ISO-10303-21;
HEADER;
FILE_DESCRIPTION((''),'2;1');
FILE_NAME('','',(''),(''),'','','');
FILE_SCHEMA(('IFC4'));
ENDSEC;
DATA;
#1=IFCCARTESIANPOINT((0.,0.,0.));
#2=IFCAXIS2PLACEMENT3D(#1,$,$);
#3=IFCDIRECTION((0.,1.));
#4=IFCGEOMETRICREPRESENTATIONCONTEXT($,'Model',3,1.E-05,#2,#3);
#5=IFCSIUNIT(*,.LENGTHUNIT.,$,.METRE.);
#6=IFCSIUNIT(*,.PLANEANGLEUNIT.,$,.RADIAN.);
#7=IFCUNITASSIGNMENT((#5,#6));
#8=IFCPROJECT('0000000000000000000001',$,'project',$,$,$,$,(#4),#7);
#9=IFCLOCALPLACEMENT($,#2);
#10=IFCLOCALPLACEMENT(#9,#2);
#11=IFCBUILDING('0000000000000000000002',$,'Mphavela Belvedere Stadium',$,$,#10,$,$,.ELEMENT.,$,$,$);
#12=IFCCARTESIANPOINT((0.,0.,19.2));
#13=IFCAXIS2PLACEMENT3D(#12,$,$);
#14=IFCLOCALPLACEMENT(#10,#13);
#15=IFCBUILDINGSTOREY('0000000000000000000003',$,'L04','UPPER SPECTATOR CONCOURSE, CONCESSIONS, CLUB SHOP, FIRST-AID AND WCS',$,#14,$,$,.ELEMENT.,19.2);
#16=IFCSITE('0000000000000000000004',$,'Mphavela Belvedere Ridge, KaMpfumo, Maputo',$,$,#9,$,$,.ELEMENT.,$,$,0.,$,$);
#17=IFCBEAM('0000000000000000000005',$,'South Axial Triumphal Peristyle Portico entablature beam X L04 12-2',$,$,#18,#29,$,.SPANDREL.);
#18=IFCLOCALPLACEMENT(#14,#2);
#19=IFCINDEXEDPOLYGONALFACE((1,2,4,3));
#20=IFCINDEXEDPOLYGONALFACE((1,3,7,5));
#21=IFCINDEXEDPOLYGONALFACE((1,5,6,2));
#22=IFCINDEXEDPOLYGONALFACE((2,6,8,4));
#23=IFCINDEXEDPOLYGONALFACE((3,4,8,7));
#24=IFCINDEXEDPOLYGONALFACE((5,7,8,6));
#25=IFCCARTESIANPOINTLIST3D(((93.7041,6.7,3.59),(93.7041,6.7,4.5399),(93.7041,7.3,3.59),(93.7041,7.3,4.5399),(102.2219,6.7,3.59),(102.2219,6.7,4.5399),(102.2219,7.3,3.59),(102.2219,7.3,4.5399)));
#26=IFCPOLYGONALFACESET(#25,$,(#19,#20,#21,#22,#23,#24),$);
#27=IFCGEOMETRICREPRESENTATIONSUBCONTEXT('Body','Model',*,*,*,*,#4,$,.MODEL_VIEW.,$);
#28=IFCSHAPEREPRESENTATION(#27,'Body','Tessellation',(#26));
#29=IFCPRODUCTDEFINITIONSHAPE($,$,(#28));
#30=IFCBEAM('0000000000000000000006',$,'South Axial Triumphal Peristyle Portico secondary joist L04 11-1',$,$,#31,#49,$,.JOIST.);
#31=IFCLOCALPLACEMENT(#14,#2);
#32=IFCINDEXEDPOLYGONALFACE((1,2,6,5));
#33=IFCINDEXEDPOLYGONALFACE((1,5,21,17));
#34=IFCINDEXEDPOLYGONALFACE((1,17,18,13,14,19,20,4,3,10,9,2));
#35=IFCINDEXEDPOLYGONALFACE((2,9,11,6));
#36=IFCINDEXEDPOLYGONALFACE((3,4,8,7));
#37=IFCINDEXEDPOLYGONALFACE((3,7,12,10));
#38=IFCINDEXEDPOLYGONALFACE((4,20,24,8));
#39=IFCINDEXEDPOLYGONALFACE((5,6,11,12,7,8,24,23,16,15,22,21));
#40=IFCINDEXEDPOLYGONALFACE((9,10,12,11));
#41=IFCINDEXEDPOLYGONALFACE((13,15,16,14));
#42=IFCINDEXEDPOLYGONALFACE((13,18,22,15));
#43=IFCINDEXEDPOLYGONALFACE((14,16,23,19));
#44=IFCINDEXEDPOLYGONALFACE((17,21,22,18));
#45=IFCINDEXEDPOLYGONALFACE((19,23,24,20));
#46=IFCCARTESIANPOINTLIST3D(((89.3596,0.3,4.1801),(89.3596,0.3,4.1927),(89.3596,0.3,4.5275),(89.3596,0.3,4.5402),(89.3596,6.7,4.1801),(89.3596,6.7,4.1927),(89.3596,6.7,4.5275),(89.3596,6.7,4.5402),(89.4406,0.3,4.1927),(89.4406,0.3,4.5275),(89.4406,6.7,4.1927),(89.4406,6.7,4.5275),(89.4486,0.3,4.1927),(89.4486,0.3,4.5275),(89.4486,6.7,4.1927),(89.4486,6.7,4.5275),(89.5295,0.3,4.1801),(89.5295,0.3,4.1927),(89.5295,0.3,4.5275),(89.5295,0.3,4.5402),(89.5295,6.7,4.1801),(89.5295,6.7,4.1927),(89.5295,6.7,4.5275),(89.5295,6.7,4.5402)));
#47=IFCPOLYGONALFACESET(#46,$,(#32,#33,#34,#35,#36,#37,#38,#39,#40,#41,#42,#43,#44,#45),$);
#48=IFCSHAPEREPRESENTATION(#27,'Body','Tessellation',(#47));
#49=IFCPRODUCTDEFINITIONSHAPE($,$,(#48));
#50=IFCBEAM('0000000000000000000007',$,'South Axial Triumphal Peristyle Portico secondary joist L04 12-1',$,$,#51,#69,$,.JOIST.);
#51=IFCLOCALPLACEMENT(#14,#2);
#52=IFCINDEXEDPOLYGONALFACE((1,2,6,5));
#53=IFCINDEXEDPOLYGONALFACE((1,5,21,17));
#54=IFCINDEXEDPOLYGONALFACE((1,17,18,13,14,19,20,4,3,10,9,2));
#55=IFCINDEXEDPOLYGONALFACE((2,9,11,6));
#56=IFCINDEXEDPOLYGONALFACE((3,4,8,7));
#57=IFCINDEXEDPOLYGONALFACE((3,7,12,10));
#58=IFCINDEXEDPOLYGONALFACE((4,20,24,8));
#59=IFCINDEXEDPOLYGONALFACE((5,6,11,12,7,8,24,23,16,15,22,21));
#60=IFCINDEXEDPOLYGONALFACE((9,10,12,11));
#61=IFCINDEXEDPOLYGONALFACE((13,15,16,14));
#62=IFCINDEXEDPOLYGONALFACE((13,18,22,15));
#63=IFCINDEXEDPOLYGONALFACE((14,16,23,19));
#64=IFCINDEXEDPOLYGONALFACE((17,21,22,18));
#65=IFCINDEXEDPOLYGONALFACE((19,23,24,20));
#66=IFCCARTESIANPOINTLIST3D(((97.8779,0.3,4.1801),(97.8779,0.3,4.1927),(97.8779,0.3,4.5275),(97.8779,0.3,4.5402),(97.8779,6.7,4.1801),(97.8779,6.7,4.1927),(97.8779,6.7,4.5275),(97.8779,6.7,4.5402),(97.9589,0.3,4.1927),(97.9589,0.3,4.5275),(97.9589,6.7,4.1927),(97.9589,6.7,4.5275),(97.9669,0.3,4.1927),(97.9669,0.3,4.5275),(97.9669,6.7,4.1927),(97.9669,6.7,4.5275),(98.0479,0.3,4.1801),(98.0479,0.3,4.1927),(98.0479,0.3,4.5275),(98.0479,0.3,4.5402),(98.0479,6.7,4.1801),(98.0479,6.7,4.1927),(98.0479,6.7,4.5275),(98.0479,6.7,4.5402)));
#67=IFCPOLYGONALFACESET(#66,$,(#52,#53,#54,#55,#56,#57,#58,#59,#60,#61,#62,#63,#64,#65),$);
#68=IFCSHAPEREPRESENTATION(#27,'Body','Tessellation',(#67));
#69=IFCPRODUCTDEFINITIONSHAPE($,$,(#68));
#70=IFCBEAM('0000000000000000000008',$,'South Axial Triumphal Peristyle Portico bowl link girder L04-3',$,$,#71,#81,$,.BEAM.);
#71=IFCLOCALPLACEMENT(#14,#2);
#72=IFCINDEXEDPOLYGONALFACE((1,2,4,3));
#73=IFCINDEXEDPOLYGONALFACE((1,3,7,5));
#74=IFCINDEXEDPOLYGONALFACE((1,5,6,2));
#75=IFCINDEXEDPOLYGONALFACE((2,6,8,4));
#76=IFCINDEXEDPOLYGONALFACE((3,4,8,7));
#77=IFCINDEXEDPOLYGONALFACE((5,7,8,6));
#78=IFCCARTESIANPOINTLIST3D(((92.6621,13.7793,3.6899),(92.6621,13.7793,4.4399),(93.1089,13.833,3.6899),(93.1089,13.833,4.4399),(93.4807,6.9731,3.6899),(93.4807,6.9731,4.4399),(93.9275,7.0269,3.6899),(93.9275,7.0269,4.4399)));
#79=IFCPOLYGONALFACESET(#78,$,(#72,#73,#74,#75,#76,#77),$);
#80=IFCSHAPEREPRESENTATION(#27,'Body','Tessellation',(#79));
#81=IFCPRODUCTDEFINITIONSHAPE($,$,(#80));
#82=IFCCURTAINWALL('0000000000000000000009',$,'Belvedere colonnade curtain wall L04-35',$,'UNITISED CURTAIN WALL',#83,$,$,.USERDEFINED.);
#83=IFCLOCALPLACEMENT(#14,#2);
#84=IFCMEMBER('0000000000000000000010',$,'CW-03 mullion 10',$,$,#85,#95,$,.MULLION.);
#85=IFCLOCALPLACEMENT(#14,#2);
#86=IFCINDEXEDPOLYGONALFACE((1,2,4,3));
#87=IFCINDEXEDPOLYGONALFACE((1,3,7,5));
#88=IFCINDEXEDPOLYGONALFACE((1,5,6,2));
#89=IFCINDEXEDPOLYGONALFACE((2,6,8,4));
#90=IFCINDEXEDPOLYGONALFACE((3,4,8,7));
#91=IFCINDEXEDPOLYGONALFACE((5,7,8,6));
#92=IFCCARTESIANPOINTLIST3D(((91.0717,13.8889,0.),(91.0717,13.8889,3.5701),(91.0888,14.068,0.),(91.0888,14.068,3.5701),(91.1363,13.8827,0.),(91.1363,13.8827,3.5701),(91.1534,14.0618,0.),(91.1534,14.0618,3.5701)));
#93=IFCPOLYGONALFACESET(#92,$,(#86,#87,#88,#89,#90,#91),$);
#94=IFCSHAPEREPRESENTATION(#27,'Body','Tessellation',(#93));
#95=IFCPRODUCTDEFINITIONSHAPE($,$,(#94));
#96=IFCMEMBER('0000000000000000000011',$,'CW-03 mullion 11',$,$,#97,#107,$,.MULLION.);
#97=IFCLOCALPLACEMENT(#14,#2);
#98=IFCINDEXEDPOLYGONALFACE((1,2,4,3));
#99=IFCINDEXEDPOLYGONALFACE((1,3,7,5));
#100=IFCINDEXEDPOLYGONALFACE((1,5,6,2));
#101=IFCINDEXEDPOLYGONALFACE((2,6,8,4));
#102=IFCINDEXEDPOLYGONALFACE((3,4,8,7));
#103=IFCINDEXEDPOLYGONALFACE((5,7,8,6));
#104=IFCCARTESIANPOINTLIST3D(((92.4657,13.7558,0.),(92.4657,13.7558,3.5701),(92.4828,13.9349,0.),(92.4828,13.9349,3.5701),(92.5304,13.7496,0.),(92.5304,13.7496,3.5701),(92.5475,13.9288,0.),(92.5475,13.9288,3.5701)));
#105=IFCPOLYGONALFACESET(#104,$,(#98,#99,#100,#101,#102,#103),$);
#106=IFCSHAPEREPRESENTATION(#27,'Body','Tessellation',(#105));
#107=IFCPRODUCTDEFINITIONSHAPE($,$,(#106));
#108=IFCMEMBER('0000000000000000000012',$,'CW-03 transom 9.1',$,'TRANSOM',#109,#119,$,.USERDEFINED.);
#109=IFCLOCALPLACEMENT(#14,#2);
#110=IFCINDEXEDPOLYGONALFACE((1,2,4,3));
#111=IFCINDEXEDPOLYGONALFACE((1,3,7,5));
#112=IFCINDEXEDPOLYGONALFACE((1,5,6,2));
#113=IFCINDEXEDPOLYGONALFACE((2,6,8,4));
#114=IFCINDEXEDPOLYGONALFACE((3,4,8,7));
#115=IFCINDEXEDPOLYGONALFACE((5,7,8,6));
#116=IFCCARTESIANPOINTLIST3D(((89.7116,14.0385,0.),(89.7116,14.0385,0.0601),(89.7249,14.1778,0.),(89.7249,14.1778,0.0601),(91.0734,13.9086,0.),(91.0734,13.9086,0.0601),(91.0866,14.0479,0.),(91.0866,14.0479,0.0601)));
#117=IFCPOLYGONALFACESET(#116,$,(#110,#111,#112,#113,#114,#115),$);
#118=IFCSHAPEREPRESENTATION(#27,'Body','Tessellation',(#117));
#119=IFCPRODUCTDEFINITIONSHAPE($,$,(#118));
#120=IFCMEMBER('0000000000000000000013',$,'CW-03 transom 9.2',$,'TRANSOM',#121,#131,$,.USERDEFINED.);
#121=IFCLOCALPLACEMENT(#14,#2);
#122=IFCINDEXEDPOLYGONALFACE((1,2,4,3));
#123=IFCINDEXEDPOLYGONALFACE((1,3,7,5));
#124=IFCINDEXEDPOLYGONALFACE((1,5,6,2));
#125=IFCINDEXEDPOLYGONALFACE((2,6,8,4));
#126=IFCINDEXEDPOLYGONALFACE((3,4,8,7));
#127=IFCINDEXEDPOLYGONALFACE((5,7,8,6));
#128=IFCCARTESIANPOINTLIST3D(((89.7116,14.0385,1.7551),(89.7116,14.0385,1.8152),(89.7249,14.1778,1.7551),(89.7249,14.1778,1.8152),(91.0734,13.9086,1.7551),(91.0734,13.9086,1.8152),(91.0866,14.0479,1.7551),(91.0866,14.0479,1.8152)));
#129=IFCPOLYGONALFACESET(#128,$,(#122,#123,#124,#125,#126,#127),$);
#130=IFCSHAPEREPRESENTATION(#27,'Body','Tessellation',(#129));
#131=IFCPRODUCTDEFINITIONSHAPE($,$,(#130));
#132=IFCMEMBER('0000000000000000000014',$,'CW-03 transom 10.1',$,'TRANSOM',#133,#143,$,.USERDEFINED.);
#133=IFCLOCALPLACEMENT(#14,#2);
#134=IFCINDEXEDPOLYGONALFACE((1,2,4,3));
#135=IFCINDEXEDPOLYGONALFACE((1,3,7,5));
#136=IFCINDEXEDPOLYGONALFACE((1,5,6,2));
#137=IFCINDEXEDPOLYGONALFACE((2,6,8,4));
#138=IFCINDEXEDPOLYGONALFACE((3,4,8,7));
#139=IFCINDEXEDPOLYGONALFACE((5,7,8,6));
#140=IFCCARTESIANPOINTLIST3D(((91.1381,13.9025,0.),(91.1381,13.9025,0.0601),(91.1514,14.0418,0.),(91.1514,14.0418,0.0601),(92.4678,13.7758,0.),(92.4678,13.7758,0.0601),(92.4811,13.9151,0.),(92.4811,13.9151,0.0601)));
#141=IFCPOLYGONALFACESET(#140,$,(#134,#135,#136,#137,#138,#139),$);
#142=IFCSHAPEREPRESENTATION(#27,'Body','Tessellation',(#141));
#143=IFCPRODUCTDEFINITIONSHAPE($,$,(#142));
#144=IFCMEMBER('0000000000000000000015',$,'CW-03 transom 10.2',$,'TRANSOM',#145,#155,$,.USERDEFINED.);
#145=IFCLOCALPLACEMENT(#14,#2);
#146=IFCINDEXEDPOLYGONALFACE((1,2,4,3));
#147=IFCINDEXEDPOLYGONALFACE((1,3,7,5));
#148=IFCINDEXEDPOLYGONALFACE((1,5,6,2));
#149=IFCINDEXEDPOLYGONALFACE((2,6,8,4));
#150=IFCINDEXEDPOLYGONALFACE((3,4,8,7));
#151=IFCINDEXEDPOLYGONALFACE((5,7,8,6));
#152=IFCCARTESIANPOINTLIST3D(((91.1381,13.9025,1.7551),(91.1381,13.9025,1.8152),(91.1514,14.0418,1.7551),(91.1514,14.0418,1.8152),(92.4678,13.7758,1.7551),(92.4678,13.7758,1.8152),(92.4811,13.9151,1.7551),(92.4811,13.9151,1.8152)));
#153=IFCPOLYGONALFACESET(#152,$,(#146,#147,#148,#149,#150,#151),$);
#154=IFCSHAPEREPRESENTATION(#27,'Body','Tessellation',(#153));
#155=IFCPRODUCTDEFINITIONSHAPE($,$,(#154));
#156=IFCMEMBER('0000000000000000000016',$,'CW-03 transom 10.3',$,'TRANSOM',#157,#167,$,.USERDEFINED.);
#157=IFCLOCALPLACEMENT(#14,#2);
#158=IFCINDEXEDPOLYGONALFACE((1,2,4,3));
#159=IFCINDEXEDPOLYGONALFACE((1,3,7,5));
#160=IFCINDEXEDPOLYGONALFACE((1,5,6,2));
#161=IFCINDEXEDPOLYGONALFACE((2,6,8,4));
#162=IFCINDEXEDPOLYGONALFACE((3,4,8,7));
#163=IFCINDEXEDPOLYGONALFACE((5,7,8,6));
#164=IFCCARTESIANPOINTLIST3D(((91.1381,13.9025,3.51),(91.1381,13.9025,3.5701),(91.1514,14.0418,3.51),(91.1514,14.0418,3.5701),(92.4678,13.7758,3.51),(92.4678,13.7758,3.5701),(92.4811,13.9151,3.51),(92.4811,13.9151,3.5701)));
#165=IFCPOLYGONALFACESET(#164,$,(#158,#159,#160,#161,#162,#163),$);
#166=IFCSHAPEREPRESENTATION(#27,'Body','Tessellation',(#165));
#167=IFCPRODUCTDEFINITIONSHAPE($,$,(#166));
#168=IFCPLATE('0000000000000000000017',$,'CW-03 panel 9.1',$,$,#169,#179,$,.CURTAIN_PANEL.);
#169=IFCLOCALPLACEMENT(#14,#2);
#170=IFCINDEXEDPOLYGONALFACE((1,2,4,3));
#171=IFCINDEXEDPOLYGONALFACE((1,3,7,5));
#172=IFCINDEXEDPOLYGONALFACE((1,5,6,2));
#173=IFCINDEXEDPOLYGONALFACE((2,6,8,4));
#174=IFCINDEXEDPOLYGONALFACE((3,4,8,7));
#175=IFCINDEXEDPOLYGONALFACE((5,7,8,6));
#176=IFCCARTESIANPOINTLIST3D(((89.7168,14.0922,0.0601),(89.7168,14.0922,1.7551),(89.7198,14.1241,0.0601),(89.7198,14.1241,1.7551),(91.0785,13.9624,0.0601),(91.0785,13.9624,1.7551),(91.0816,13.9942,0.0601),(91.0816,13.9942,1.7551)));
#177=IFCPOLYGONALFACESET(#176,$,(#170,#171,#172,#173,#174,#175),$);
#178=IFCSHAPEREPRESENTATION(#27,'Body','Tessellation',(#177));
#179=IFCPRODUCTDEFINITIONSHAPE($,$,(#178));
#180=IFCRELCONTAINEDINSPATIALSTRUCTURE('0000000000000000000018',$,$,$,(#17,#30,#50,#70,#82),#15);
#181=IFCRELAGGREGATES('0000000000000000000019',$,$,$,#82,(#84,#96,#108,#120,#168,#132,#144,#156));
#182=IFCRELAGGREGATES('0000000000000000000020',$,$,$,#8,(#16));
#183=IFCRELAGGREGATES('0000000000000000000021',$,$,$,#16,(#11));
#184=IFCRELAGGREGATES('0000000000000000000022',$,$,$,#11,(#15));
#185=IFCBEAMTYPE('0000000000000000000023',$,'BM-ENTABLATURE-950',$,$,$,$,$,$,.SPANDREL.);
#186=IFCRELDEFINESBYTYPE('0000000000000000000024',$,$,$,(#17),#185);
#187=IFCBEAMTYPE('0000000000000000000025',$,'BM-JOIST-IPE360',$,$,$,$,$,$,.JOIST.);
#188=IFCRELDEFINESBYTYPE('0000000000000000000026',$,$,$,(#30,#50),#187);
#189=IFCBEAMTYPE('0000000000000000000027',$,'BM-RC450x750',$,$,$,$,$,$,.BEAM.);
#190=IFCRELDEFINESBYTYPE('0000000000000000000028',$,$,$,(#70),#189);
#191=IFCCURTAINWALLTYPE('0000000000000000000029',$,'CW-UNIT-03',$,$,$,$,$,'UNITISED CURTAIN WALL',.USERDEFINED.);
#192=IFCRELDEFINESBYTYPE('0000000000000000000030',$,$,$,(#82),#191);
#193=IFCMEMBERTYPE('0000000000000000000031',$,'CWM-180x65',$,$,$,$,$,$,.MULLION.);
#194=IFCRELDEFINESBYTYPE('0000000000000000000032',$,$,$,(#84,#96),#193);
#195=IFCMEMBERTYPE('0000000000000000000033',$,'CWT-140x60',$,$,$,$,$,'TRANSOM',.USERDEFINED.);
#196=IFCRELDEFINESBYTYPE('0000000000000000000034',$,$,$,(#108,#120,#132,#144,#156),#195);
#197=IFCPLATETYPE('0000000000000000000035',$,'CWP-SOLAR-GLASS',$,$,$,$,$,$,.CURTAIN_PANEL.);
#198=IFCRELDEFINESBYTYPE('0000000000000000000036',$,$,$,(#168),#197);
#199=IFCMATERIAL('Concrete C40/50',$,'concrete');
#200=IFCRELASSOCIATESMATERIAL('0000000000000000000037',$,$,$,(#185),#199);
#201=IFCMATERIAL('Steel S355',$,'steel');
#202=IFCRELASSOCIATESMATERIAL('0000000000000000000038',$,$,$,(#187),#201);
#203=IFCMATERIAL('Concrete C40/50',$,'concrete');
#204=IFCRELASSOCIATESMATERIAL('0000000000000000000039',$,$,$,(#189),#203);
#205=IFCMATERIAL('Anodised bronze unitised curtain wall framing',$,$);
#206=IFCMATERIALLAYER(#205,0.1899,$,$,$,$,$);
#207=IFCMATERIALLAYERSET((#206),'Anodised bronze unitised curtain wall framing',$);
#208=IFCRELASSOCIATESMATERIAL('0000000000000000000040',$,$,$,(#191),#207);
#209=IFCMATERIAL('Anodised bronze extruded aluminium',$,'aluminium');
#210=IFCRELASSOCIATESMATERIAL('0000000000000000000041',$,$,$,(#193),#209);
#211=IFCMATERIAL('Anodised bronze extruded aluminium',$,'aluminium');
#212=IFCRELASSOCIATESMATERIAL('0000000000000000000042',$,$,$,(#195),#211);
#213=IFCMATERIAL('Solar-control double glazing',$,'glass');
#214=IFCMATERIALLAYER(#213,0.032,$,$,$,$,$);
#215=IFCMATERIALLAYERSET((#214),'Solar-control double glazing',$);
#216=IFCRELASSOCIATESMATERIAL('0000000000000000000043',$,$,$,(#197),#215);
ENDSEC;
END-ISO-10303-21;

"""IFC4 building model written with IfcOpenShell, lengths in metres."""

from ifc_helpers import new_model, si_unit, direction, frame, origin, origin_2d, place, context, subcontext, project, spatial, rectangle, i_section, extrude, material, layer, layer_set, material_profile, profile_set, type_object, element, aggregate, save


model = new_model("IFC4")

# Units and contexts
model_context = context("Model", 3, precision=1e-05, world=origin(), true_north=direction((0.0, 1.0)))
body_context = subcontext(model_context, "Body", "Model", "MODEL_VIEW")
ifc_project = project(units=[si_unit("LENGTHUNIT", "METRE"), si_unit("PLANEANGLEUNIT", "RADIAN")], contexts=[model_context])

# Site, building, storey
site_placement = place(None, origin())
site = spatial("IfcSite", under=ifc_project, at=site_placement, Name="Mphavela Belvedere Ridge, KaMpfumo, Maputo", CompositionType="ELEMENT", RefElevation=0.0)
building_placement = place(site_placement, origin())
building = spatial("IfcBuilding", under=site, at=building_placement, Name="Mphavela Belvedere Stadium", CompositionType="ELEMENT")
storey_placement = place(building_placement, frame((0.0, 0.0, 19.2)))
storey = spatial("IfcBuildingStorey", under=building, at=storey_placement, Name="L04", Description="UPPER SPECTATOR CONCOURSE, CONCESSIONS, CLUB SHOP, FIRST-AID AND WCS", CompositionType="ELEMENT", Elevation=19.2)

# Beams
ifc_material_1 = material(Name="Concrete C40/50", Category="concrete")
ifc_material_profile_1 = material_profile(ifc_material_1, rectangle(XDim=0.6001, YDim=0.95, at=origin_2d()), Name="RC 600x950")
ifc_profile_set_1 = profile_set([ifc_material_profile_1], Name="Concrete C40/50")
beam_type_1 = type_object("IfcBeamType", Name="BM-ENTABLATURE-950", PredefinedType="SPANDREL", material=ifc_profile_set_1)
beam_1_placement = place(storey_placement, frame((93.7041, 7.0, 4.0649), z_axis=(1.0, 0.0, 0.0), x_axis=(0.0, 1.0, 0.0)))
element("IfcBeam", 1, at=beam_1_placement, inside=storey, type_object=beam_type_1, Name="South Axial Triumphal Peristyle Portico entablature beam X L04 12-2", PredefinedType="SPANDREL", context=body_context, shape_type="SweptSolid", body=[
    extrude(rectangle(XDim=0.6001, YDim=0.95, at=origin_2d()), origin(), (0.0, 0.0, 1.0), 8.5178),
])
ifc_material_2 = material(Name="Steel S355", Category="steel")
ifc_material_profile_2 = material_profile(ifc_material_2, i_section(OverallWidth=0.1699, OverallDepth=0.3601, WebThickness=0.0081, FlangeThickness=0.0127, at=origin_2d()), Name="IPE 360")
ifc_profile_set_2 = profile_set([ifc_material_profile_2], Name="Steel S355")
beam_type_2 = type_object("IfcBeamType", Name="BM-JOIST-IPE360", PredefinedType="JOIST", material=ifc_profile_set_2)
for number, where, z_axis, x_axis, name in (
    (2, (89.4446, 0.3, 4.3601), (0.0, 1.0, 0.0), (-1.0, 0.0, 0.0), "South Axial Triumphal Peristyle Portico secondary joist L04 11-1"),
    (3, (97.9629, 0.3, 4.3601), (0.0, 1.0, 0.0), (-1.0, 0.0, 0.0), "South Axial Triumphal Peristyle Portico secondary joist L04 12-1"),
):
    element("IfcBeam", number, at=place(storey_placement, frame(where, z_axis=z_axis, x_axis=x_axis)), inside=storey, type_object=beam_type_2, Name=name, PredefinedType="JOIST", context=body_context, shape_type="SweptSolid", body=[
        extrude(i_section(OverallWidth=0.1699, OverallDepth=0.3601, WebThickness=0.0081, FlangeThickness=0.0127, at=origin_2d()), origin(), (0.0, 0.0, 1.0), 6.3999),
    ])
ifc_material_3 = material(Name="Concrete C40/50", Category="concrete")
ifc_material_profile_3 = material_profile(ifc_material_3, rectangle(XDim=0.45, YDim=0.75, at=origin_2d()), Name="RC 450x750")
ifc_profile_set_3 = profile_set([ifc_material_profile_3], Name="Concrete C40/50")
beam_type_3 = type_object("IfcBeamType", Name="BM-RC450x750", PredefinedType="BEAM", material=ifc_profile_set_3)
beam_2_placement = place(storey_placement, frame((93.7041, 7.0, 4.0649), z_axis=(-0.119413, 0.992845, 0.0), x_axis=(-0.992845, -0.119413, 0.0)))
element("IfcBeam", 4, at=beam_2_placement, inside=storey, type_object=beam_type_3, Name="South Axial Triumphal Peristyle Portico bowl link girder L04-3", PredefinedType="BEAM", context=body_context, shape_type="SweptSolid", body=[
    extrude(rectangle(XDim=0.45, YDim=0.75, at=origin_2d()), origin(), (0.0, 0.0, 1.0), 6.8552),
])

# Curtain wall, members, plate
ifc_material_4 = material(Name="Anodised bronze unitised curtain wall framing")
ifc_layer_1 = layer(ifc_material_4, 0.1899)
ifc_layer_set_1 = layer_set([ifc_layer_1], Name="Anodised bronze unitised curtain wall framing")
curtain_wall_type = type_object("IfcCurtainWallType", Name="CW-UNIT-03", ElementType="UNITISED CURTAIN WALL", PredefinedType="USERDEFINED", material=ifc_layer_set_1)
curtain_wall_placement = place(storey_placement, origin())
curtain_wall = element("IfcCurtainWall", 5, at=curtain_wall_placement, inside=storey, type_object=curtain_wall_type, Name="Belvedere colonnade curtain wall L04-35", ObjectType="UNITISED CURTAIN WALL", PredefinedType="USERDEFINED")
ifc_material_5 = material(Name="Anodised bronze extruded aluminium", Category="aluminium")
ifc_material_profile_4 = material_profile(ifc_material_5, rectangle(XDim=0.1799, YDim=0.0649, at=origin_2d()), Name="CW-MUL 180x65")
ifc_profile_set_4 = profile_set([ifc_material_profile_4], Name="Anodised bronze extruded aluminium")
member_type_1 = type_object("IfcMemberType", Name="CWM-180x65", PredefinedType="MULLION", material=ifc_profile_set_4)
member_1_placement = place(storey_placement, frame((91.1125, 13.9753, 0.0), z_axis=(0.0, 0.0, 1.0), x_axis=(0.094933, 0.995484, 0.0)))
member_1 = element("IfcMember", 6, at=member_1_placement, type_object=member_type_1, Name="CW-03 mullion 10", PredefinedType="MULLION", context=body_context, shape_type="SweptSolid", body=[
    extrude(rectangle(XDim=0.1799, YDim=0.0649, at=origin_2d()), origin(), (0.0, 0.0, 1.0), 3.5701),
])
member_2_placement = place(storey_placement, frame((92.5066, 13.8423, 0.0), z_axis=(0.0, 0.0, 1.0), x_axis=(0.094933, 0.995484, 0.0)))
member_2 = element("IfcMember", 7, at=member_2_placement, type_object=member_type_1, Name="CW-03 mullion 11", PredefinedType="MULLION", context=body_context, shape_type="SweptSolid", body=[
    extrude(rectangle(XDim=0.1799, YDim=0.0649, at=origin_2d()), origin(), (0.0, 0.0, 1.0), 3.5701),
])
ifc_material_6 = material(Name="Anodised bronze extruded aluminium", Category="aluminium")
ifc_material_profile_5 = material_profile(ifc_material_6, rectangle(XDim=0.1399, YDim=0.0601, at=origin_2d()), Name="CW-TRN 140x60")
ifc_profile_set_5 = profile_set([ifc_material_profile_5], Name="Anodised bronze extruded aluminium")
member_type_2 = type_object("IfcMemberType", Name="CWT-140x60", ElementType="TRANSOM", PredefinedType="USERDEFINED", material=ifc_profile_set_5)
member_3_placement = place(storey_placement, frame((89.7183, 14.1082, 0.03), z_axis=(0.995483, -0.094944, 0.0), x_axis=(0.094944, 0.995483, 0.0)))
member_3 = element("IfcMember", 8, at=member_3_placement, type_object=member_type_2, Name="CW-03 transom 9.1", ObjectType="TRANSOM", PredefinedType="USERDEFINED", context=body_context, shape_type="SweptSolid", body=[
    extrude(rectangle(XDim=0.1399, YDim=0.0601, at=origin_2d()), origin(), (0.0, 0.0, 1.0), 1.3679),
])
member_4_placement = place(storey_placement, frame((89.7183, 14.1082, 1.7852), z_axis=(0.995483, -0.094944, 0.0), x_axis=(0.094944, 0.995483, 0.0)))
member_4 = element("IfcMember", 9, at=member_4_placement, type_object=member_type_2, Name="CW-03 transom 9.2", ObjectType="TRANSOM", PredefinedType="USERDEFINED", context=body_context, shape_type="SweptSolid", body=[
    extrude(rectangle(XDim=0.1399, YDim=0.0601, at=origin_2d()), origin(), (0.0, 0.0, 1.0), 1.3679),
])
member_5_placement = place(storey_placement, frame((91.1448, 13.9722, 0.03), z_axis=(0.99549, -0.094869, 0.0), x_axis=(0.094869, 0.99549, 0.0)))
member_5 = element("IfcMember", 10, at=member_5_placement, type_object=member_type_2, Name="CW-03 transom 10.1", ObjectType="TRANSOM", PredefinedType="USERDEFINED", context=body_context, shape_type="SweptSolid", body=[
    extrude(rectangle(XDim=0.1399, YDim=0.0601, at=origin_2d()), origin(), (0.0, 0.0, 1.0), 1.3357),
])
member_6_placement = place(storey_placement, frame((91.1448, 13.9722, 1.7852), z_axis=(0.99549, -0.094869, 0.0), x_axis=(0.094869, 0.99549, 0.0)))
member_6 = element("IfcMember", 11, at=member_6_placement, type_object=member_type_2, Name="CW-03 transom 10.2", ObjectType="TRANSOM", PredefinedType="USERDEFINED", context=body_context, shape_type="SweptSolid", body=[
    extrude(rectangle(XDim=0.1399, YDim=0.0601, at=origin_2d()), origin(), (0.0, 0.0, 1.0), 1.3357),
])
member_7_placement = place(storey_placement, frame((91.1448, 13.9722, 3.54), z_axis=(0.99549, -0.094869, 0.0), x_axis=(0.094869, 0.99549, 0.0)))
member_7 = element("IfcMember", 12, at=member_7_placement, type_object=member_type_2, Name="CW-03 transom 10.3", ObjectType="TRANSOM", PredefinedType="USERDEFINED", context=body_context, shape_type="SweptSolid", body=[
    extrude(rectangle(XDim=0.1399, YDim=0.0601, at=origin_2d()), origin(), (0.0, 0.0, 1.0), 1.3357),
])
ifc_material_7 = material(Name="Solar-control double glazing", Category="glass")
ifc_layer_2 = layer(ifc_material_7, 0.032)
ifc_layer_set_2 = layer_set([ifc_layer_2], Name="Solar-control double glazing")
plate_type = type_object("IfcPlateType", Name="CWP-SOLAR-GLASS", PredefinedType="CURTAIN_PANEL", material=ifc_layer_set_2)
plate_1_placement = place(storey_placement, frame((90.3992, 14.0432, 0.0601), z_axis=(0.0, 0.0, 1.0), x_axis=(0.995484, -0.094933, 0.0)))
plate_1 = element("IfcPlate", 13, at=plate_1_placement, type_object=plate_type, Name="CW-03 panel 9.1", PredefinedType="CURTAIN_PANEL", context=body_context, shape_type="SweptSolid", body=[
    extrude(rectangle(XDim=1.3679, YDim=0.032, at=origin_2d()), origin(), (0.0, 0.0, 1.0), 1.6951),
])
aggregate(curtain_wall, [member_1, member_2, member_3, member_4, plate_1, member_5, member_6, member_7])

save(model, "model.ifc")
